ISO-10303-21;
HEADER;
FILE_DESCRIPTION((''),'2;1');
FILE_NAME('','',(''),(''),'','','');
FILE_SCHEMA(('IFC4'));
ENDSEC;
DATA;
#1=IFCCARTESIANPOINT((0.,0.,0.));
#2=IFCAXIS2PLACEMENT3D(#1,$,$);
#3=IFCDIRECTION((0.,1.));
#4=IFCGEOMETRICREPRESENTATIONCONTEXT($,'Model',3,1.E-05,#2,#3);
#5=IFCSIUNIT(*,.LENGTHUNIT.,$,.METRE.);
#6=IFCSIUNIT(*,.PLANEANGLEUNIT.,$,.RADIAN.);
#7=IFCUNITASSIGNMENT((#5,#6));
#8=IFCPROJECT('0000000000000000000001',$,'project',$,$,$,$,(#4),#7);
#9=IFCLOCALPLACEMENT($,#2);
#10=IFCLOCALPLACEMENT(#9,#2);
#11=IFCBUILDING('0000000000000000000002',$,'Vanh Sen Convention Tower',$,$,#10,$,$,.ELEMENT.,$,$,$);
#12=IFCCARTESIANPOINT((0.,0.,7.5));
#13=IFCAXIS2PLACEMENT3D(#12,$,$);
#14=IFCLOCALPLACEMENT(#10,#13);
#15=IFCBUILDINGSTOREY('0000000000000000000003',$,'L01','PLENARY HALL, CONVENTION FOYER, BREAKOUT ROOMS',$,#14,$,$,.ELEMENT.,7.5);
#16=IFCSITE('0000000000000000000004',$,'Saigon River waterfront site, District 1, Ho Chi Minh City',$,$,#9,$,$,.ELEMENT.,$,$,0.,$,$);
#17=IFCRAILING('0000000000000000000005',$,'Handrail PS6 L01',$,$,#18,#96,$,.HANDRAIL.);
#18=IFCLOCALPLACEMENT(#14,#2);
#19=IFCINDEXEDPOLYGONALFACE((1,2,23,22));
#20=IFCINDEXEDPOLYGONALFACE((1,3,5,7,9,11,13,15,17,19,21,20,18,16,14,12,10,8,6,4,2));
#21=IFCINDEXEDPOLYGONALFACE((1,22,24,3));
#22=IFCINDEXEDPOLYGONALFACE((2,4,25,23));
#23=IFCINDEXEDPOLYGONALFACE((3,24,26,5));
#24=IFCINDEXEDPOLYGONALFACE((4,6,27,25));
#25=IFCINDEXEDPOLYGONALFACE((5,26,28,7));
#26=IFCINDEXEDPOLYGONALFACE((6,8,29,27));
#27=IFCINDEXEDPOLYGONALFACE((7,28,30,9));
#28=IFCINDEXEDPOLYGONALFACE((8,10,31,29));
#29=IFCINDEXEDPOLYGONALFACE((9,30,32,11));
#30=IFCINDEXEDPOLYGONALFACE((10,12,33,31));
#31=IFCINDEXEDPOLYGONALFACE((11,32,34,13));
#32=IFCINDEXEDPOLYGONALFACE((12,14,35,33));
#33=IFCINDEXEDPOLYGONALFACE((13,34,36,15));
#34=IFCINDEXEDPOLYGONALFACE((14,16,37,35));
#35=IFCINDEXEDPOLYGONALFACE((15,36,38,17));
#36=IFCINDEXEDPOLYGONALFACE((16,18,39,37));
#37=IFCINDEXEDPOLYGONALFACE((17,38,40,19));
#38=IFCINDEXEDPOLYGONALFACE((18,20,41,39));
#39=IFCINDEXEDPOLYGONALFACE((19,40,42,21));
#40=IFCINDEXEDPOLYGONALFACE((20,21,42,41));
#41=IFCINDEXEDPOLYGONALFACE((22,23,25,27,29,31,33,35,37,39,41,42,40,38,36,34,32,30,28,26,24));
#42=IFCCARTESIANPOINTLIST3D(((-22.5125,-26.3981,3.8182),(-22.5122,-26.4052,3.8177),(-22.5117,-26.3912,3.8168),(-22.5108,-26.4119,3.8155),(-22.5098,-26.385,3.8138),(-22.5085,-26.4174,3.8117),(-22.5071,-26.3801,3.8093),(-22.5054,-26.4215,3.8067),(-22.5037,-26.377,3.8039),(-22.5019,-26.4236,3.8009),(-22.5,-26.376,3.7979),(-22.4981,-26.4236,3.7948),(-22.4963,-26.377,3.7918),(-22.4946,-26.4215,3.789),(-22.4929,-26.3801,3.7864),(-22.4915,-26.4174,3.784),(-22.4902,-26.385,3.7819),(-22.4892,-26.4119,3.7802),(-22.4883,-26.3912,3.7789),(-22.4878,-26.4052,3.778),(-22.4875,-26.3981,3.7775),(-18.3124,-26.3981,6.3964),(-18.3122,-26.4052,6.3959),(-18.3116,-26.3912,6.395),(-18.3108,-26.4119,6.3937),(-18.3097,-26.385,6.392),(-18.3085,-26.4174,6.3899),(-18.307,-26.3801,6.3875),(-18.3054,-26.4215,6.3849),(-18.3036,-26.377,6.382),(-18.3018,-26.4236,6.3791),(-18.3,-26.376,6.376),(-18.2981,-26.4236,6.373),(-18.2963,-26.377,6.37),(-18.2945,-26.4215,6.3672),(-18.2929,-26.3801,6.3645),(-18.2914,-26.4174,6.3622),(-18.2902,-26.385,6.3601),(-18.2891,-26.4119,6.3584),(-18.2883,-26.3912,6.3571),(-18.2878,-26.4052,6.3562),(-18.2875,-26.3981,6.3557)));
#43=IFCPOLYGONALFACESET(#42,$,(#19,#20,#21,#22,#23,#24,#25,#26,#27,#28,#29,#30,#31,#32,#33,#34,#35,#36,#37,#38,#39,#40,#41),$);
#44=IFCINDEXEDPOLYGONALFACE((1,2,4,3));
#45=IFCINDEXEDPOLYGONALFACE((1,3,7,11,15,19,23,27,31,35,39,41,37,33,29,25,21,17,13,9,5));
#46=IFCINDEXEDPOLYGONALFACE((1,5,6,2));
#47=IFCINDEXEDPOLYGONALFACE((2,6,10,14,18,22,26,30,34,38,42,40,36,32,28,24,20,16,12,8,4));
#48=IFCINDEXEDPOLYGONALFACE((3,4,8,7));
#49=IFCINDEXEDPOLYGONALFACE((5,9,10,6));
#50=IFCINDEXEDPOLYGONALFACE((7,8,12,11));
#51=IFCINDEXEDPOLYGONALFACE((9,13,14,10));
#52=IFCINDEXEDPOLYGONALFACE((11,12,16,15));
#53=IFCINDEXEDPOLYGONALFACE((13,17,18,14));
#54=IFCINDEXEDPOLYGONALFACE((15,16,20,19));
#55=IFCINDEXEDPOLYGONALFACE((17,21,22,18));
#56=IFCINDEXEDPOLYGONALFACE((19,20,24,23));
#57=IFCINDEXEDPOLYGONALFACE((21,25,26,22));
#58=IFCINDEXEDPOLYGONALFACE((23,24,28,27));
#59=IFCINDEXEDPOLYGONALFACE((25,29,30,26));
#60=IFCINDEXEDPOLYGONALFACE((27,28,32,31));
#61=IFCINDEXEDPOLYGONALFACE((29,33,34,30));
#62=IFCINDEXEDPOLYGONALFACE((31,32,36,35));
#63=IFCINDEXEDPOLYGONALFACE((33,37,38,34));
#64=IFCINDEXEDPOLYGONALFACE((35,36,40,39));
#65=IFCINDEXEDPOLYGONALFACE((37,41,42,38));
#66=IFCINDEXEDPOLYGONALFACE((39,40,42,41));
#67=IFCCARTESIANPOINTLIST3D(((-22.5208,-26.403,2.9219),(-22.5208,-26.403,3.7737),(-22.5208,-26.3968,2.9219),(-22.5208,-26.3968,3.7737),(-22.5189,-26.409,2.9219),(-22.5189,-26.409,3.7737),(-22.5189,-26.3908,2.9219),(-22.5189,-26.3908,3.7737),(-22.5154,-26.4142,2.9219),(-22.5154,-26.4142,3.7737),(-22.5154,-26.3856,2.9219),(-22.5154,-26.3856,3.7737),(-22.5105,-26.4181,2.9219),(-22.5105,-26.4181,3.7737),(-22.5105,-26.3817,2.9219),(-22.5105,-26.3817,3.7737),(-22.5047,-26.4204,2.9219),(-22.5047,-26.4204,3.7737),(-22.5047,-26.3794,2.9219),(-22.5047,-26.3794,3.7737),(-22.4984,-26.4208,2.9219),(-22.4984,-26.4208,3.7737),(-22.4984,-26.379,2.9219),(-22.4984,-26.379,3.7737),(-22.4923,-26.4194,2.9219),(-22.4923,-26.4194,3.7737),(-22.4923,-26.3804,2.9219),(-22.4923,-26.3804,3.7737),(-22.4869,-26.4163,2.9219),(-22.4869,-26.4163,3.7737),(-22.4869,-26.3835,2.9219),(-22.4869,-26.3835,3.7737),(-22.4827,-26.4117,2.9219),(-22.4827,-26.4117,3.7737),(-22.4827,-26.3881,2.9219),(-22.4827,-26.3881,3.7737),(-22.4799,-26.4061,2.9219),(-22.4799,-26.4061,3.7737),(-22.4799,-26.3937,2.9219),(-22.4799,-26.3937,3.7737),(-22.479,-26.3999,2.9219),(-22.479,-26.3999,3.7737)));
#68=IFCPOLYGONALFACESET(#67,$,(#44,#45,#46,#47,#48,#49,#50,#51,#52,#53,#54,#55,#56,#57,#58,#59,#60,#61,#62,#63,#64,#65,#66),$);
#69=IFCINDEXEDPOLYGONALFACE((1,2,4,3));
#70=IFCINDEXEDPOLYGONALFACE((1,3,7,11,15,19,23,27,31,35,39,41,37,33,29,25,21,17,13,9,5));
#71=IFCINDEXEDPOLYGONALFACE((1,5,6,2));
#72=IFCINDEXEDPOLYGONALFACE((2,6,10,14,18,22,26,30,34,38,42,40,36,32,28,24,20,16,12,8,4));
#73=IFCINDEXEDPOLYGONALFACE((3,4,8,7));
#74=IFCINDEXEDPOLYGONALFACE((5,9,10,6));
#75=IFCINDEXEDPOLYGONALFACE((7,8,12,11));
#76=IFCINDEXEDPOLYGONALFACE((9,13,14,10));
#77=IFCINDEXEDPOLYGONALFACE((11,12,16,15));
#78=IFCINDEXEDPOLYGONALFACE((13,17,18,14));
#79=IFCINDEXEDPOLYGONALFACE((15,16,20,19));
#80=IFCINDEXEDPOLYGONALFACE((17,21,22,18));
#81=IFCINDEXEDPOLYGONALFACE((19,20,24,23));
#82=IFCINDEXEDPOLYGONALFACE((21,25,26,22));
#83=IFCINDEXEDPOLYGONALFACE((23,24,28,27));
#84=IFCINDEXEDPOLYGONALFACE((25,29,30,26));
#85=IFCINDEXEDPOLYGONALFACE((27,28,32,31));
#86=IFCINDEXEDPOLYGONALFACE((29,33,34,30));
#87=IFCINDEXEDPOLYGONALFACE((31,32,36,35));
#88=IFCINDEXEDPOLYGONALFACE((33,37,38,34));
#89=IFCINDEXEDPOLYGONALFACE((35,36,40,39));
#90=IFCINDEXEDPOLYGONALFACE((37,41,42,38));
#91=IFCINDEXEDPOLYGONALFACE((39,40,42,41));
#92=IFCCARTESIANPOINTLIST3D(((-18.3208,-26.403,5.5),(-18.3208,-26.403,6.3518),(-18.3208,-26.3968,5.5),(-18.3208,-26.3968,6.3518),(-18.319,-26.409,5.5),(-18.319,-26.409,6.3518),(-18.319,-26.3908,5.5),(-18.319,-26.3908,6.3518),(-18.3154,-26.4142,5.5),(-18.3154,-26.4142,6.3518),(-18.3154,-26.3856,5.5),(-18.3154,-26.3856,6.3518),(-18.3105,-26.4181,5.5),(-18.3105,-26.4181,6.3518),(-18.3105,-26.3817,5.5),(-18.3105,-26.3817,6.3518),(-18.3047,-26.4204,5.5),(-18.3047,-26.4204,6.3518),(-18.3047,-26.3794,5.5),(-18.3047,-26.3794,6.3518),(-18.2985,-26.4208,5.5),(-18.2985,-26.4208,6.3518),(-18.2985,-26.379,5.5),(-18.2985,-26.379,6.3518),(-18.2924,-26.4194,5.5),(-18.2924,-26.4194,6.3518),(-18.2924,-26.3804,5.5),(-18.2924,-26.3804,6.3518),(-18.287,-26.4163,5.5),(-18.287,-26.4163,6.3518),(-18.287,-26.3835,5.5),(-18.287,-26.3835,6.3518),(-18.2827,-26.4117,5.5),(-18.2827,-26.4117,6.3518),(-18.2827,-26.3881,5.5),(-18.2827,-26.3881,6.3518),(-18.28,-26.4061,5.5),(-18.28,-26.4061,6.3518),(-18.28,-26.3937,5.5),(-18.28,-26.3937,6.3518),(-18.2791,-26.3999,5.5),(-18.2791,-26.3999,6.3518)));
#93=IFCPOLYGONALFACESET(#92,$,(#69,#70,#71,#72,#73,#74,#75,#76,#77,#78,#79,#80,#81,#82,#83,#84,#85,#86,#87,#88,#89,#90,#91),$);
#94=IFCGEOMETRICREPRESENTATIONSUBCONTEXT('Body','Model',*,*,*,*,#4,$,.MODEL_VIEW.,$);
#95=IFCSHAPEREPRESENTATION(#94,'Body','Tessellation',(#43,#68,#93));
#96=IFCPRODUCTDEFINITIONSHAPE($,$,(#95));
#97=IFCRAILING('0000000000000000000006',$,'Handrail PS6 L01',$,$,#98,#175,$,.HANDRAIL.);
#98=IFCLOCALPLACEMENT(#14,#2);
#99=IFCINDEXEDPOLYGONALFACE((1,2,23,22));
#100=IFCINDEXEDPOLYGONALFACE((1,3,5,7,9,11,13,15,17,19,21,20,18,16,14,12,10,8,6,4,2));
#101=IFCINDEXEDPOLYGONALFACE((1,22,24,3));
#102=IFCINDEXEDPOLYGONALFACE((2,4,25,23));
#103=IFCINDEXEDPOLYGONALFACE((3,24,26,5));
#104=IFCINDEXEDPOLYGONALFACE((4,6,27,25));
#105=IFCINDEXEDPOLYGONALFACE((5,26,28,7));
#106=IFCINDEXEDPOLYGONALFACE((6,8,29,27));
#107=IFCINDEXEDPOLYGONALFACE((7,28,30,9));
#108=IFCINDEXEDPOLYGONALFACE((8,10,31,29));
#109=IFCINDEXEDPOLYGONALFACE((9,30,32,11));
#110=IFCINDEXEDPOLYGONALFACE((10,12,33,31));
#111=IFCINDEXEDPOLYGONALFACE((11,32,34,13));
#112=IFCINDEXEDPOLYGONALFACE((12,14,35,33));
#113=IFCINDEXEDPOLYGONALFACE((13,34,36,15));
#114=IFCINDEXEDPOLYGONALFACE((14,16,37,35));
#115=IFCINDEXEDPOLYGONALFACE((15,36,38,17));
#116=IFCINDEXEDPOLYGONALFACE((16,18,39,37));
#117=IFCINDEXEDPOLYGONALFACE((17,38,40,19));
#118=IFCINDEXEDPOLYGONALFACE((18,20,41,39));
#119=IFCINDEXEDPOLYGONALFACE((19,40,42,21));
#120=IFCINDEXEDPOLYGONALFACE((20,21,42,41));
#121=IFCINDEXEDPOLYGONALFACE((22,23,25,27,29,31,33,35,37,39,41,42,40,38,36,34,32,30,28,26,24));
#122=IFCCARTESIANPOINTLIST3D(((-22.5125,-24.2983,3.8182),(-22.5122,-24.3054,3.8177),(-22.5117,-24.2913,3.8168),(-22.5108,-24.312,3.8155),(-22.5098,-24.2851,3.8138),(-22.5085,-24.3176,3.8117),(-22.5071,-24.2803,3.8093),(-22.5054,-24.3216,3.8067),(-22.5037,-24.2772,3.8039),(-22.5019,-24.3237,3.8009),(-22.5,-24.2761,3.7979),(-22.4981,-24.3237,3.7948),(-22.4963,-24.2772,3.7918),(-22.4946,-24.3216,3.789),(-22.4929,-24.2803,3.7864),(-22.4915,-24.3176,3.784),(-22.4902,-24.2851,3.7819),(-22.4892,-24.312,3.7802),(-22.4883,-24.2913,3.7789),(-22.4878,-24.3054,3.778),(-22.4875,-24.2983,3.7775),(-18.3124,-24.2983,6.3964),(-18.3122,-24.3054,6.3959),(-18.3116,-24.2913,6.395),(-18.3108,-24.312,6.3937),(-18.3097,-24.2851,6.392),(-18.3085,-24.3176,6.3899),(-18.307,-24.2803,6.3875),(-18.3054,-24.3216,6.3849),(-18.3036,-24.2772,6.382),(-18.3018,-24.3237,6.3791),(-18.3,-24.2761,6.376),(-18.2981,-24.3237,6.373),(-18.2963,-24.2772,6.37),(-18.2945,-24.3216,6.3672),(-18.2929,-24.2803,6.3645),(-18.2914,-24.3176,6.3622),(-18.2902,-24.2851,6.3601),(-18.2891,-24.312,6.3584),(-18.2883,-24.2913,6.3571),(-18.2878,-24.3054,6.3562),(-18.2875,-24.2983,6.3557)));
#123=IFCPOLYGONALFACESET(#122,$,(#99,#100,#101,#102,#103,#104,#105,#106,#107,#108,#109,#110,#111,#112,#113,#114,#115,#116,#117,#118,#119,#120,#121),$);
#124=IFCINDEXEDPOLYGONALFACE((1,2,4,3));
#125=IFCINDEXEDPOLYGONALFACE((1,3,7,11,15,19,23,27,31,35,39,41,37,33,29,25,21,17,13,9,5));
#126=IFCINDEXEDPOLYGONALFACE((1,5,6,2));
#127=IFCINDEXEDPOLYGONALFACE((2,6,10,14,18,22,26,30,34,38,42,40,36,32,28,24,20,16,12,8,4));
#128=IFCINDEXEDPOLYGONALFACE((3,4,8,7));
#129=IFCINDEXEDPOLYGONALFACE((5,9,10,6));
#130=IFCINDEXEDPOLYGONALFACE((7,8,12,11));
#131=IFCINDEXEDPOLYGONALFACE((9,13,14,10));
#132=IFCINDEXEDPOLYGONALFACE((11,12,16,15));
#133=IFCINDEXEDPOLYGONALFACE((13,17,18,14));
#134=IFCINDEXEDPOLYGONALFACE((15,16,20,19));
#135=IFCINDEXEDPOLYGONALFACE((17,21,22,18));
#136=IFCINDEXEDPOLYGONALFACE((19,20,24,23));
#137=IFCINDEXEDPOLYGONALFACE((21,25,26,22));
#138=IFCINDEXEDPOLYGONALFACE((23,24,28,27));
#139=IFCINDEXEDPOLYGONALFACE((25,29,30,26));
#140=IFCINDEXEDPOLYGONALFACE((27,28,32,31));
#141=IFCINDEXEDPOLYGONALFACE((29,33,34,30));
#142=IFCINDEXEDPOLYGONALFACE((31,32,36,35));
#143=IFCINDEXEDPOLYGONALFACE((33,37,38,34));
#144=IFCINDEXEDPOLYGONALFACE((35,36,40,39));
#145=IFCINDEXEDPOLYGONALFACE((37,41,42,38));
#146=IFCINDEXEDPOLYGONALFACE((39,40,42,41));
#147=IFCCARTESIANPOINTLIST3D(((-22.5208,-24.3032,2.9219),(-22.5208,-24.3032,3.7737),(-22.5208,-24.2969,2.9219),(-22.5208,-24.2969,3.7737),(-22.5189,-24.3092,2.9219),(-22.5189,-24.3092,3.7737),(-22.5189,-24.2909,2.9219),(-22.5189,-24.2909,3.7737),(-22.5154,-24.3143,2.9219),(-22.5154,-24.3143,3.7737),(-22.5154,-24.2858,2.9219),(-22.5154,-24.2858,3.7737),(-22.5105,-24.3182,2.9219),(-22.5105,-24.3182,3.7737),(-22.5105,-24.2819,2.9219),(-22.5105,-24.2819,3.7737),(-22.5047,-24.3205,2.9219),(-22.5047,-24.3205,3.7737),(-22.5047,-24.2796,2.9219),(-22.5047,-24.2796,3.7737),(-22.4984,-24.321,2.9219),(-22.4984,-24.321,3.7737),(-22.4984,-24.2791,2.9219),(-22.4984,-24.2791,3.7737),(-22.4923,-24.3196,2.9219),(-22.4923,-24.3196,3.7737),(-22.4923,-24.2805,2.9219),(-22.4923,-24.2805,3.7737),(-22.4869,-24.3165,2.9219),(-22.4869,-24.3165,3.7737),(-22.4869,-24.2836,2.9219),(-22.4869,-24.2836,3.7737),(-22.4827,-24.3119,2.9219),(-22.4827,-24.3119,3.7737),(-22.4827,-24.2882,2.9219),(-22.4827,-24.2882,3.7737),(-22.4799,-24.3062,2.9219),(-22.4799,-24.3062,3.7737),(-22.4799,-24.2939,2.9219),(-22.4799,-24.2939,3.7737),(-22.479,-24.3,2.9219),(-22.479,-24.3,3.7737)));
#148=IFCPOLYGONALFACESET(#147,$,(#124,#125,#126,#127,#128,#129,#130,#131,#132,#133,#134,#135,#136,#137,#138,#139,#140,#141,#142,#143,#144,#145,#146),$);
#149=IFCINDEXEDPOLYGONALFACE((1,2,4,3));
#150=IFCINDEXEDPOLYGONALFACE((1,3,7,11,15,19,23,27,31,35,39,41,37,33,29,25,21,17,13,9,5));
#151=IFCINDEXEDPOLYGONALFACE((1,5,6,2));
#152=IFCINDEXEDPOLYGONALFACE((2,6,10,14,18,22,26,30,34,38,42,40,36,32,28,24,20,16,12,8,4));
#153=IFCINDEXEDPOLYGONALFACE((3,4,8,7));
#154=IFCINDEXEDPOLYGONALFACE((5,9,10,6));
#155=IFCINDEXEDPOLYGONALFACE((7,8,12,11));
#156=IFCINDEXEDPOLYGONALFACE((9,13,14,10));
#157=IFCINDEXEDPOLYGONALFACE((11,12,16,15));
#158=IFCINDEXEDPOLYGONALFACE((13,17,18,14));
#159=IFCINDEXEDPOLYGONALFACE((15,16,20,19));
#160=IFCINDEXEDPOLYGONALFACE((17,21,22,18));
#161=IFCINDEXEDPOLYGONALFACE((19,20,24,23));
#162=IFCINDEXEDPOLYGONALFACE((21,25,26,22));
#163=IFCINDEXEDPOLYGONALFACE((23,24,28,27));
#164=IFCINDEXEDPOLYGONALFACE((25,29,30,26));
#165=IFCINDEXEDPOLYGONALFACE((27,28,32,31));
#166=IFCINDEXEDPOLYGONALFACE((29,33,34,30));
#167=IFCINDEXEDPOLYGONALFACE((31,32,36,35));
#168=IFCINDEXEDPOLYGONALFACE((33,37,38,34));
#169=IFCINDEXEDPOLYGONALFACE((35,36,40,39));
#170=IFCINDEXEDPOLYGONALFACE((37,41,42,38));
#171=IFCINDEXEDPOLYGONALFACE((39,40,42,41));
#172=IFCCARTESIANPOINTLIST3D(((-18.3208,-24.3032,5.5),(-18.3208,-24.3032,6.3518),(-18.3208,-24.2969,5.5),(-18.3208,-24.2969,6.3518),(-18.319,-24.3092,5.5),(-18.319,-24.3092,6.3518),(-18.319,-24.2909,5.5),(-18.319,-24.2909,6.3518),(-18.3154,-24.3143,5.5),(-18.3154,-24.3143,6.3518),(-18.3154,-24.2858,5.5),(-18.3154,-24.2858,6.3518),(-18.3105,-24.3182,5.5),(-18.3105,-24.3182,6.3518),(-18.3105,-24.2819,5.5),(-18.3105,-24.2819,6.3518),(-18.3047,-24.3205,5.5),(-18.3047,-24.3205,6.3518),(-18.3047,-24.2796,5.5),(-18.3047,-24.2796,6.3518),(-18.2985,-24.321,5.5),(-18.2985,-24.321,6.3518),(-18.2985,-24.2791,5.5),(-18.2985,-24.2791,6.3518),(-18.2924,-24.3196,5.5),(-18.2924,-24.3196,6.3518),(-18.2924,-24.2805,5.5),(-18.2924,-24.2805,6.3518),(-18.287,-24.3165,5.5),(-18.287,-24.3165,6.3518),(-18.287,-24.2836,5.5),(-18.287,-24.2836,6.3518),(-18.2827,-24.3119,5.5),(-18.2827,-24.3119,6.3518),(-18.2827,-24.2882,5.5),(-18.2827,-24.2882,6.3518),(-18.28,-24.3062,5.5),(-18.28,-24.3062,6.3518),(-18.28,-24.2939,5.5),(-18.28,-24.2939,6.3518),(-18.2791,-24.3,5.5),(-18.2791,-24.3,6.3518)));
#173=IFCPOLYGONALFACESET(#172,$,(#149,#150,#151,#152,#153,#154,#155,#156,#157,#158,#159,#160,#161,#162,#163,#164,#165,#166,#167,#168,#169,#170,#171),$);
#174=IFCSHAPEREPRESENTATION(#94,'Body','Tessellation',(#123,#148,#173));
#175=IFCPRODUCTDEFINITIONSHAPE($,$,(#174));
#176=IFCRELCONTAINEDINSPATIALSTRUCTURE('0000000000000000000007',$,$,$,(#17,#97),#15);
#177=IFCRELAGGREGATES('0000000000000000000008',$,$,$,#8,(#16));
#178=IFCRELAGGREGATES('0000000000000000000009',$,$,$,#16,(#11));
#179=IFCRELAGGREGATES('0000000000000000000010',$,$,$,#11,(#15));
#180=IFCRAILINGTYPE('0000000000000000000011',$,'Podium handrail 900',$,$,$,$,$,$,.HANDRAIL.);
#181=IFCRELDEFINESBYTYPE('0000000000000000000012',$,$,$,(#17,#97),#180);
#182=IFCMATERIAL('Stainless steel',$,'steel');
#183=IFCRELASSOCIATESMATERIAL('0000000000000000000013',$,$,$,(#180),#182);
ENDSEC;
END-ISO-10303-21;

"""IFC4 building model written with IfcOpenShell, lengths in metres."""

from ifc_helpers import new_model, si_unit, direction, frame, origin, origin_2d, place, context, subcontext, project, spatial, circle, extrude, material, type_object, element, save


model = new_model("IFC4")

# Units and contexts
model_context = context("Model", 3, precision=1e-05, world=origin(), true_north=direction((0.0, 1.0)))
body_context = subcontext(model_context, "Body", "Model", "MODEL_VIEW")
ifc_project = project(units=[si_unit("LENGTHUNIT", "METRE"), si_unit("PLANEANGLEUNIT", "RADIAN")], contexts=[model_context])

# Site, building, storey
site_placement = place(None, origin())
site = spatial("IfcSite", under=ifc_project, at=site_placement, Name="Saigon River waterfront site, District 1, Ho Chi Minh City", CompositionType="ELEMENT", RefElevation=0.0)
building_placement = place(site_placement, origin())
building = spatial("IfcBuilding", under=site, at=building_placement, Name="Vanh Sen Convention Tower", CompositionType="ELEMENT")
storey_placement = place(building_placement, frame((0.0, 0.0, 7.5)))
storey = spatial("IfcBuildingStorey", under=building, at=storey_placement, Name="L01", Description="PLENARY HALL, CONVENTION FOYER, BREAKOUT ROOMS", CompositionType="ELEMENT", Elevation=7.5)

# Railings
ifc_material_1 = material(Name="Stainless steel", Category="steel")
railing_type = type_object("IfcRailingType", Name="Podium handrail 900", PredefinedType="HANDRAIL", material=ifc_material_1)
for number, where, name in (
    (1, (-22.5, -26.3999, 2.9219), "Handrail PS6 L01"),
    (2, (-22.5, -24.3, 2.9219), "Handrail PS6 L01"),
):
    element("IfcRailing", number, at=place(storey_placement, frame(where)), inside=storey, type_object=railing_type, Name=name, PredefinedType="HANDRAIL", context=body_context, shape_type="SweptSolid", body=[
        extrude(circle(Radius=0.0239, at=origin_2d()), frame((0.0, 0.0, 0.876), z_axis=(0.852243, 0.0, 0.523146), x_axis=(0.0, 1.0, 0.0)), (0.0, 0.0, 1.0), 4.9282),
        extrude(circle(Radius=0.021, at=origin_2d()), origin(), (0.0, 0.0, 1.0), 0.8518),
        extrude(circle(Radius=0.021, at=origin_2d()), frame((4.2, 0.0, 2.5781)), (0.0, 0.0, 1.0), 0.8518),
    ])

save(model, "model.ifc")
